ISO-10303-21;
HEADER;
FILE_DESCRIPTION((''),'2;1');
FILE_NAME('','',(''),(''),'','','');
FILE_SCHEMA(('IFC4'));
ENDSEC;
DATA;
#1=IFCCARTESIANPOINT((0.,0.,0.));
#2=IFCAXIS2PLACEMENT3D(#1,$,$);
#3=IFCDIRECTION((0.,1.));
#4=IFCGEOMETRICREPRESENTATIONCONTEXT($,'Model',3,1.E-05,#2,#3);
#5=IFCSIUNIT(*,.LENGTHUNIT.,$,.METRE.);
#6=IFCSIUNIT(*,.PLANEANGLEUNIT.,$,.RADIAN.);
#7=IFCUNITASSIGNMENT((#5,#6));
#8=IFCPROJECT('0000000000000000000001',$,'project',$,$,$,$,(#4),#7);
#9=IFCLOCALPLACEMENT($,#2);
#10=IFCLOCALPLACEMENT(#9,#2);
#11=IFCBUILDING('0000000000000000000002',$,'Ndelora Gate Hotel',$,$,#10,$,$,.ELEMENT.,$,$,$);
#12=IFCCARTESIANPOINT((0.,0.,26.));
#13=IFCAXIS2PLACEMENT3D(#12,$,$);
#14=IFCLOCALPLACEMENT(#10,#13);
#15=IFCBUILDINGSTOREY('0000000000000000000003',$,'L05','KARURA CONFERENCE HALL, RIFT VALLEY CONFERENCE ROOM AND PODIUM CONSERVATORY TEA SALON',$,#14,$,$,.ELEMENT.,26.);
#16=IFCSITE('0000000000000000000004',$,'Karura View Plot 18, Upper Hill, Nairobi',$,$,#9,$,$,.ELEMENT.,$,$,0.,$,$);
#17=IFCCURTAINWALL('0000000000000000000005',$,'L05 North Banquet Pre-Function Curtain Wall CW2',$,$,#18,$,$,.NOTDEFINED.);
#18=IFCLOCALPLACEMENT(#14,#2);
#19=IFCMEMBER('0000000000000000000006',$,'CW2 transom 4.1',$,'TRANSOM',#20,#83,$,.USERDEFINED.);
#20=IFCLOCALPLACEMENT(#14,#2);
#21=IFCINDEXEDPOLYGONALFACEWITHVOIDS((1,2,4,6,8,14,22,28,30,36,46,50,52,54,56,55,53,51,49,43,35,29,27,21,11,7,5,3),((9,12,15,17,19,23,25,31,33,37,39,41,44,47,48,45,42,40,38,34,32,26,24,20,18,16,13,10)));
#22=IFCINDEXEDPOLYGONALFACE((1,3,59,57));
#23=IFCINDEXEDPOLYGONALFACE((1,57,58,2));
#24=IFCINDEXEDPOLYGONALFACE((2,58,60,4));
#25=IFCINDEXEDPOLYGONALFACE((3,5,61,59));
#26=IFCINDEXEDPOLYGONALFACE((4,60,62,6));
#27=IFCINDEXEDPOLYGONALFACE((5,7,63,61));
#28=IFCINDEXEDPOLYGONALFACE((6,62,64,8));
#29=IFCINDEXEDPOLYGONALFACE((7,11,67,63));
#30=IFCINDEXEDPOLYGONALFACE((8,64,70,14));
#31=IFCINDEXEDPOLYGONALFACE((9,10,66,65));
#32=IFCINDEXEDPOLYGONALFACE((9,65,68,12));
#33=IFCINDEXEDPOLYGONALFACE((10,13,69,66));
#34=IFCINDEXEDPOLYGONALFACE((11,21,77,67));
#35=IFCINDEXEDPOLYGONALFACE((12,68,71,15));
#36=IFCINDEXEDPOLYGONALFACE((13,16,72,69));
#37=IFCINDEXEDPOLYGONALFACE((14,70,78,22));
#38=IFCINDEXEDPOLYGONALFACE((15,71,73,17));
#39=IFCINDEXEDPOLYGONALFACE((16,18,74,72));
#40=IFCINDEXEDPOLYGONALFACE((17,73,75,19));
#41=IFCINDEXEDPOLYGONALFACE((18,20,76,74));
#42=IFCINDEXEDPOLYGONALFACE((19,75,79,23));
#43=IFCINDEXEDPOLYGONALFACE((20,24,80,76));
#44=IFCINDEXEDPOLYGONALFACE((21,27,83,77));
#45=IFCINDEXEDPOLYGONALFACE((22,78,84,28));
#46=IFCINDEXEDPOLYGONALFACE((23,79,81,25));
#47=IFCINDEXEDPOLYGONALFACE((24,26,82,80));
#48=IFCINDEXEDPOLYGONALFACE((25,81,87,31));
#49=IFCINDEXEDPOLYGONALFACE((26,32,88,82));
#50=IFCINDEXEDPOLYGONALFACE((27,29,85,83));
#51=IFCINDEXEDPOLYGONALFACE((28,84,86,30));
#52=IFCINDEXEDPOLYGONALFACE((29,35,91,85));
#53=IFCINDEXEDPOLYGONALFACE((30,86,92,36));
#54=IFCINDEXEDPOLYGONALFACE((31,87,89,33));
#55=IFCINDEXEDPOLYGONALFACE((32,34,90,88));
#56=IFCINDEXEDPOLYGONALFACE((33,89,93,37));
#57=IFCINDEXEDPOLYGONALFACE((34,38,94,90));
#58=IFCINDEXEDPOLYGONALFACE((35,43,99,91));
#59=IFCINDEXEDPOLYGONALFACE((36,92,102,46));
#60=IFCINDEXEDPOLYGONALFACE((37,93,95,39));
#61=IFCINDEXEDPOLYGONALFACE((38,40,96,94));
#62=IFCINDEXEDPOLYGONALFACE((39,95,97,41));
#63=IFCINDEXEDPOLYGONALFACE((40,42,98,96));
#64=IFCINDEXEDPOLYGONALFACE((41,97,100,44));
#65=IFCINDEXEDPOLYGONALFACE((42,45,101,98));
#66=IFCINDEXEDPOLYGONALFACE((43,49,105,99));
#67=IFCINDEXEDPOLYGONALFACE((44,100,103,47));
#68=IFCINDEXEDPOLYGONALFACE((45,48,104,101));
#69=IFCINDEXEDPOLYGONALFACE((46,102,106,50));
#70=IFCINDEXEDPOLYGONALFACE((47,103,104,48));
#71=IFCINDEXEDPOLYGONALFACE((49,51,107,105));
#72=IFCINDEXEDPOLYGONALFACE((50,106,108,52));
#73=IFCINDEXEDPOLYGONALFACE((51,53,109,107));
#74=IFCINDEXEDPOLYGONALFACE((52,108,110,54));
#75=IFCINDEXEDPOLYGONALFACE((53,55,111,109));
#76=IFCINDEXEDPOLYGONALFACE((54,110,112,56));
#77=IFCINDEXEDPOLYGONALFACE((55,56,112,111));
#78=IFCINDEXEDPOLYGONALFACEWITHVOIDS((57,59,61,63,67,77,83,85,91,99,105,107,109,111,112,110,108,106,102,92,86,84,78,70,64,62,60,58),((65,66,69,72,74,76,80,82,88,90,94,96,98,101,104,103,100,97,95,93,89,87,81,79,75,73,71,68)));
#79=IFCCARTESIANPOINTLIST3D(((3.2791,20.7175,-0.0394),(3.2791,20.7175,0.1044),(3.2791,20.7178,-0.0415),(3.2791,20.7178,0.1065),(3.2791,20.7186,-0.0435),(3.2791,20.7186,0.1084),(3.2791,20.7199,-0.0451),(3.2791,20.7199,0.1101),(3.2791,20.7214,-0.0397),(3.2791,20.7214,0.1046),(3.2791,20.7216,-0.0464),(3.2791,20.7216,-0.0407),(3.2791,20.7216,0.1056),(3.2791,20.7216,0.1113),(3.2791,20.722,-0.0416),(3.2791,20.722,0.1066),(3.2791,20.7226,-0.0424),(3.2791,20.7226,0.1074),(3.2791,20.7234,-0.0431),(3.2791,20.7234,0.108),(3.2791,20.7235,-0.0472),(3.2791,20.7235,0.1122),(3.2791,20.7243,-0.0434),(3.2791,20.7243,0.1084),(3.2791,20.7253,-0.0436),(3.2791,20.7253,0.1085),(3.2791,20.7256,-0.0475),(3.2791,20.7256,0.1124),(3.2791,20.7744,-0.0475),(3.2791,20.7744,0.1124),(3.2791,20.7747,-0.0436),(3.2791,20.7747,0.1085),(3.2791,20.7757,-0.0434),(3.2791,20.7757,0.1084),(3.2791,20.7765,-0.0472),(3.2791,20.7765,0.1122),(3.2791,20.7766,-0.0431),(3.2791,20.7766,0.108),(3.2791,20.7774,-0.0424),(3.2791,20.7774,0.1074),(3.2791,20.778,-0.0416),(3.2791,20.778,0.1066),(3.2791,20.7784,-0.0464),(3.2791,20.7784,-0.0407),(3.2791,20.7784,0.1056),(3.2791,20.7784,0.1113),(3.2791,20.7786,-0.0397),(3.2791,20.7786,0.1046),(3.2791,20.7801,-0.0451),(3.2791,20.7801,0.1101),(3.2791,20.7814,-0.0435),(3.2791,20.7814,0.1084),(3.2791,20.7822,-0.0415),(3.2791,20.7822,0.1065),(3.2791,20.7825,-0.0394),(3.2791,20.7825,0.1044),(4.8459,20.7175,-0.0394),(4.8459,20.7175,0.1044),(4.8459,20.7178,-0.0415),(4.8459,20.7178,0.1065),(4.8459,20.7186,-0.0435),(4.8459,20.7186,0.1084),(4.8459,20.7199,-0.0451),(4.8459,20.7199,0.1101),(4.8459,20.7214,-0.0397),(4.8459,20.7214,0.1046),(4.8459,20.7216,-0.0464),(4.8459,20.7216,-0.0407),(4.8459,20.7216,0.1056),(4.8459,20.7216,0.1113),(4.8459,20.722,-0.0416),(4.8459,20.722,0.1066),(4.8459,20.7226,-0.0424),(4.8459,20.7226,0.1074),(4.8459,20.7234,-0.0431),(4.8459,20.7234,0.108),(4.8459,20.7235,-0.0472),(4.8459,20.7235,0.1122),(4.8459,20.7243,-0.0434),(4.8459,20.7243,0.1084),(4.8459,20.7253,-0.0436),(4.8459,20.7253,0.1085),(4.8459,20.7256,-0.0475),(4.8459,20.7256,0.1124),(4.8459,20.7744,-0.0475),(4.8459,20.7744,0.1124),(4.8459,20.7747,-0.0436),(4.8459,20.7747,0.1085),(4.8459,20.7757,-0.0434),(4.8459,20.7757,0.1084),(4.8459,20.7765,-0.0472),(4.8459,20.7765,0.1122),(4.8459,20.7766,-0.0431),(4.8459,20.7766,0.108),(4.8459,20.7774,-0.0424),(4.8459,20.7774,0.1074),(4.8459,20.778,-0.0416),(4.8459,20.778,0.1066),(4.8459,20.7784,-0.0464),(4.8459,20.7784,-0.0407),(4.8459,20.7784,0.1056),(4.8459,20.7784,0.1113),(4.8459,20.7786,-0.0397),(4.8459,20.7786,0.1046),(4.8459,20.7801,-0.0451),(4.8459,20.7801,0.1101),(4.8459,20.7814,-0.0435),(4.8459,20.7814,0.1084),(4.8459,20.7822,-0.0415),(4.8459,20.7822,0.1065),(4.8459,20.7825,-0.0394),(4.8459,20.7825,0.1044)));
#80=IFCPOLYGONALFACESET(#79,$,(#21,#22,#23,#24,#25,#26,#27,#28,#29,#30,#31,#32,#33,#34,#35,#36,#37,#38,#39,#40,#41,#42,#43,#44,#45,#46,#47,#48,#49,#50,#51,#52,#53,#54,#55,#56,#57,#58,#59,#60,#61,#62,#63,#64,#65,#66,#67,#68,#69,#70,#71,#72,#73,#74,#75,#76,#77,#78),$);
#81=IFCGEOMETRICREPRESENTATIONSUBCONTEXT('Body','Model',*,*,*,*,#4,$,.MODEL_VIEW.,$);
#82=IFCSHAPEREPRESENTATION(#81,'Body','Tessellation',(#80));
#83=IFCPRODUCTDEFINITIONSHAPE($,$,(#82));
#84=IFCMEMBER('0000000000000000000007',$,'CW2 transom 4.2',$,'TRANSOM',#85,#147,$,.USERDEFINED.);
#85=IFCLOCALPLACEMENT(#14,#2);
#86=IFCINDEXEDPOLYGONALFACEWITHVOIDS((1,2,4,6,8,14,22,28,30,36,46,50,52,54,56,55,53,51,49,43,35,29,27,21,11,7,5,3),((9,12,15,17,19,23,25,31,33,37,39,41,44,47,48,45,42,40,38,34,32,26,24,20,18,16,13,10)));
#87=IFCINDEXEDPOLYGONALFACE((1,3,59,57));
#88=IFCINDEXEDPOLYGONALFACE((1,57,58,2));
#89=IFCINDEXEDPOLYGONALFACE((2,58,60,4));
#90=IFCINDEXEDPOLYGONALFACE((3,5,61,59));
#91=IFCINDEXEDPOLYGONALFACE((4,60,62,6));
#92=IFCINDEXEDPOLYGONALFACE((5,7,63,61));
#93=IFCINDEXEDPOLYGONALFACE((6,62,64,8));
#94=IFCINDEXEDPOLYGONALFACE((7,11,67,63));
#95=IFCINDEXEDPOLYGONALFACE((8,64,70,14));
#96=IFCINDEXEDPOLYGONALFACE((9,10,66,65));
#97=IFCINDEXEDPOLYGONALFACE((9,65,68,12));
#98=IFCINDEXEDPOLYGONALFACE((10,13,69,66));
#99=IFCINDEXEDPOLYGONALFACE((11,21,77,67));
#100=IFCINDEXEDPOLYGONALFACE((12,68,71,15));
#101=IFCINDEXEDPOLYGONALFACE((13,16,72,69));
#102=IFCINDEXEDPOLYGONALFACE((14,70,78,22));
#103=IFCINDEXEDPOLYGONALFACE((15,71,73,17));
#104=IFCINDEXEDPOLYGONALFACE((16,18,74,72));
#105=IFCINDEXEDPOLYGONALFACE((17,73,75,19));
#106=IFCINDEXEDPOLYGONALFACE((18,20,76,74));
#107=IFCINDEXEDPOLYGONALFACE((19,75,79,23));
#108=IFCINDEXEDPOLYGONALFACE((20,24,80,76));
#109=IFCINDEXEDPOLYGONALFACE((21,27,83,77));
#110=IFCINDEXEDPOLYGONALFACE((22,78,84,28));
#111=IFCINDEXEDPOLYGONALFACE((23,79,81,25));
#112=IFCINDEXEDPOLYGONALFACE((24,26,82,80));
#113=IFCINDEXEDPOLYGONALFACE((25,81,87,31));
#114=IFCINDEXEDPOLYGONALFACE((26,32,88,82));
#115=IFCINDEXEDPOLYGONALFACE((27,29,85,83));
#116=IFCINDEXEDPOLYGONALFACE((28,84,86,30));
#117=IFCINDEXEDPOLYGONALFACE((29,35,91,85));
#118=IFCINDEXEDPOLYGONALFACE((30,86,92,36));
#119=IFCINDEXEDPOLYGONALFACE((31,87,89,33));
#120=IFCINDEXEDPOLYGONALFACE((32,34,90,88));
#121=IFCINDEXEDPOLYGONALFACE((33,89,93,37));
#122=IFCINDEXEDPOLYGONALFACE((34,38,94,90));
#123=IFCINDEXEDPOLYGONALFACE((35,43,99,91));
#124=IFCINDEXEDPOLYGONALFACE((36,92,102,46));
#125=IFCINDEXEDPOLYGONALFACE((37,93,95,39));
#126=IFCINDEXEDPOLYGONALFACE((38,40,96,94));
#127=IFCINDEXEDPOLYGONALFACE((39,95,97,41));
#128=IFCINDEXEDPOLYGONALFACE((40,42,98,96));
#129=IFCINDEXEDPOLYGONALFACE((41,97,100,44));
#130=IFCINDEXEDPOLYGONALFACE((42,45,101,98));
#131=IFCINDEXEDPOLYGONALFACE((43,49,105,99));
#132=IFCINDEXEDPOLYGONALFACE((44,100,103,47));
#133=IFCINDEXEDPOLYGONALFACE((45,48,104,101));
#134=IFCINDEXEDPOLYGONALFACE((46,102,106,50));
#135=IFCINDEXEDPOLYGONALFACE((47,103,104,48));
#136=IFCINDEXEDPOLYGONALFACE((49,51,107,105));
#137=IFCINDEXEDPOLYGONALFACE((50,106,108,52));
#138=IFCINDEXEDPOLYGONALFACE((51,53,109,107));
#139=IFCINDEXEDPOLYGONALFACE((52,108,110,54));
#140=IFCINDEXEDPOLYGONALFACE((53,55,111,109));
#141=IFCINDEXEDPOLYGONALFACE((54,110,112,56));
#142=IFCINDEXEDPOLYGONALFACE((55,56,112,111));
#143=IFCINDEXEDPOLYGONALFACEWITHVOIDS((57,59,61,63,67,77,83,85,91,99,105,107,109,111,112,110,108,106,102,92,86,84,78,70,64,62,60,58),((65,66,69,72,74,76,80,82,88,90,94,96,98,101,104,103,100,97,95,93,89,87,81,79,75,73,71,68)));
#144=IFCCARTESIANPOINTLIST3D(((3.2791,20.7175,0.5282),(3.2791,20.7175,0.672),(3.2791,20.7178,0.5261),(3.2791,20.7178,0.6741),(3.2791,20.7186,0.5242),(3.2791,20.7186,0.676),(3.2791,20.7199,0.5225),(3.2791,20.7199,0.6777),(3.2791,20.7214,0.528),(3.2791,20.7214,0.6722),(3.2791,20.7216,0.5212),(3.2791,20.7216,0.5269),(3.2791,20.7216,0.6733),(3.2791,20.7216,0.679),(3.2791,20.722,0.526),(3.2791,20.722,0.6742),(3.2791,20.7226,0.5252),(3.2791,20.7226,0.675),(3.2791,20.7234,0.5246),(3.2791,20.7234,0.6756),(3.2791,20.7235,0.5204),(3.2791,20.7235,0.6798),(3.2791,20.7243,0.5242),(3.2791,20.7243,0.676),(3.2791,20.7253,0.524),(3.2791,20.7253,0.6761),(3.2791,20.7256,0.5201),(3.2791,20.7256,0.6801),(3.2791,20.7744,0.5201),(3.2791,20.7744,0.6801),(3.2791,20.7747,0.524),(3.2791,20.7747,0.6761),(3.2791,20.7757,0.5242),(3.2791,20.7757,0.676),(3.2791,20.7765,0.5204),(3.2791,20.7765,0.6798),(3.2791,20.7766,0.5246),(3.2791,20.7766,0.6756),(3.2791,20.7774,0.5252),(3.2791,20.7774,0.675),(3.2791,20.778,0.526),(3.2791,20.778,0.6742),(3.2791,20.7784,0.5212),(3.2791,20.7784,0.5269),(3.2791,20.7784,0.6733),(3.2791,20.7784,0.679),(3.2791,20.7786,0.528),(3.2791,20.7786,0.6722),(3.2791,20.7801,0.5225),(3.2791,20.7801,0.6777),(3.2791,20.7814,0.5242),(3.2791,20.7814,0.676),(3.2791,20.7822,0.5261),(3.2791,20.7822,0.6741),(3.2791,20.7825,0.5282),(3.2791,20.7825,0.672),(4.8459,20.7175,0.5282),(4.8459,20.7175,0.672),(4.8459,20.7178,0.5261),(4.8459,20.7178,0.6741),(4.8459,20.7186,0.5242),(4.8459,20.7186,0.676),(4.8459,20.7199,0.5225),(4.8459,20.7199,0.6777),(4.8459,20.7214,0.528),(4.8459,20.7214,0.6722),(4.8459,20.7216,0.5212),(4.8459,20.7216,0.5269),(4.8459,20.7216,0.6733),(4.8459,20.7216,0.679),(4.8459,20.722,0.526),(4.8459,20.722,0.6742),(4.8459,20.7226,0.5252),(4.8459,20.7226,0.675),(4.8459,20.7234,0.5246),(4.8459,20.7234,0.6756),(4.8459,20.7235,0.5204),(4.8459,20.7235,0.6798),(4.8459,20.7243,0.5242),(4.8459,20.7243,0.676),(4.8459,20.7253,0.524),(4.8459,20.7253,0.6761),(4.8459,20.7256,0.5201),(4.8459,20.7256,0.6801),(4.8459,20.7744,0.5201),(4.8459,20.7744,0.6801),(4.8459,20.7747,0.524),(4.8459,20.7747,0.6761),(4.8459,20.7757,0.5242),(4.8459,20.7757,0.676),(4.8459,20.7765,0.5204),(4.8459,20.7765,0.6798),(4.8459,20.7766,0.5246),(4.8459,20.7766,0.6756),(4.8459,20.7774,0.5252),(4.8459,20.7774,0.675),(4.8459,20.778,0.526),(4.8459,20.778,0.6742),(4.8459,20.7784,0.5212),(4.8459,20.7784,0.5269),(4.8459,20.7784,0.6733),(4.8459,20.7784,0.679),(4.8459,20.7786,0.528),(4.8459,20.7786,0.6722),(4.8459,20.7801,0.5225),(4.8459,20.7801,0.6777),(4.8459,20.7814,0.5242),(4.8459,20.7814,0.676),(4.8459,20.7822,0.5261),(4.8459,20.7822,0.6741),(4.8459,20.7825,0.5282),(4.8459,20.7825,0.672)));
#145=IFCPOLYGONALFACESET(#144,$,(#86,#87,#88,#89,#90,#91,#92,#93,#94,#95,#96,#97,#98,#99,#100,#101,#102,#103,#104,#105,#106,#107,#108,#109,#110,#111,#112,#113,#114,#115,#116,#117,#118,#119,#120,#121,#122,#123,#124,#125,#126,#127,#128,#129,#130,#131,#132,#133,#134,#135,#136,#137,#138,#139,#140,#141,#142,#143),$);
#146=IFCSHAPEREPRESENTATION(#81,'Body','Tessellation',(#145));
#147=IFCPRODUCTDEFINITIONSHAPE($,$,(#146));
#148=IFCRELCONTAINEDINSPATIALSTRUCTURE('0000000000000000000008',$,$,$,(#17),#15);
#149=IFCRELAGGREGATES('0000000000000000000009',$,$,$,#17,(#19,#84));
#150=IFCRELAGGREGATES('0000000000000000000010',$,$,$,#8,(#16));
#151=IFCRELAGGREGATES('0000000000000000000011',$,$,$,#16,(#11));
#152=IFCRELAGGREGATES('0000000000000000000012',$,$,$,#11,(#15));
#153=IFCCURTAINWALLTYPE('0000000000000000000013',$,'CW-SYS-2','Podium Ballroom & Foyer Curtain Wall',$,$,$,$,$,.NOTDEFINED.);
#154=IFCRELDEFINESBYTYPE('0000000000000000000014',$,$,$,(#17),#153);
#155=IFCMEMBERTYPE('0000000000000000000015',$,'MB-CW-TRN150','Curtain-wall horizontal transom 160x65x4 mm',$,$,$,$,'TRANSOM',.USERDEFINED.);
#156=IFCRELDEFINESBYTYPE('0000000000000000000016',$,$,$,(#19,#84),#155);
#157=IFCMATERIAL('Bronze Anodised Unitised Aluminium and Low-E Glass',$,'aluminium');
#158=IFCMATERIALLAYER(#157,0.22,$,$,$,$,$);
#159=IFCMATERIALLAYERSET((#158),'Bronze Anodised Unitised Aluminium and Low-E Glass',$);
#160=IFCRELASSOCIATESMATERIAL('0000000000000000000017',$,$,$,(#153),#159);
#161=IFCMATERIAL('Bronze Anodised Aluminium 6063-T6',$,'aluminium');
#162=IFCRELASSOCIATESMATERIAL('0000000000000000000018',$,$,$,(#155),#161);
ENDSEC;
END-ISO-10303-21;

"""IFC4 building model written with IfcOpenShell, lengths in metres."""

from ifc_helpers import new_model, si_unit, direction, frame, origin, origin_2d, place, context, subcontext, project, spatial, hollow_rectangle, extrude, material, layer, layer_set, material_profile, profile_set, type_object, element, aggregate, save


model = new_model("IFC4")

# Units and contexts
model_context = context("Model", 3, precision=1e-05, world=origin(), true_north=direction((0.0, 1.0)))
body_context = subcontext(model_context, "Body", "Model", "MODEL_VIEW")
ifc_project = project(units=[si_unit("LENGTHUNIT", "METRE"), si_unit("PLANEANGLEUNIT", "RADIAN")], contexts=[model_context])

# Site, building, storey
site_placement = place(None, origin())
site = spatial("IfcSite", under=ifc_project, at=site_placement, Name="Karura View Plot 18, Upper Hill, Nairobi", CompositionType="ELEMENT", RefElevation=0.0)
building_placement = place(site_placement, origin())
building = spatial("IfcBuilding", under=site, at=building_placement, Name="Ndelora Gate Hotel", CompositionType="ELEMENT")
storey_placement = place(building_placement, frame((0.0, 0.0, 26.0)))
storey = spatial("IfcBuildingStorey", under=building, at=storey_placement, Name="L05", Description="KARURA CONFERENCE HALL, RIFT VALLEY CONFERENCE ROOM AND PODIUM CONSERVATORY TEA SALON", CompositionType="ELEMENT", Elevation=26.0)

# Curtain wall, members
ifc_material_1 = material(Name="Bronze Anodised Unitised Aluminium and Low-E Glass", Category="aluminium")
ifc_layer_1 = layer(ifc_material_1, 0.22)
ifc_layer_set_1 = layer_set([ifc_layer_1], Name="Bronze Anodised Unitised Aluminium and Low-E Glass")
curtain_wall_type = type_object("IfcCurtainWallType", Name="CW-SYS-2", Description="Podium Ballroom & Foyer Curtain Wall", PredefinedType="NOTDEFINED", material=ifc_layer_set_1)
curtain_wall_placement = place(storey_placement, origin())
curtain_wall = element("IfcCurtainWall", 1, at=curtain_wall_placement, inside=storey, type_object=curtain_wall_type, Name="L05 North Banquet Pre-Function Curtain Wall CW2", PredefinedType="NOTDEFINED")
ifc_material_2 = material(Name="Bronze Anodised Aluminium 6063-T6", Category="aluminium")
ifc_material_profile_1 = material_profile(ifc_material_2, hollow_rectangle(XDim=0.0649, YDim=0.1599, WallThickness=0.0039, InnerFilletRadius=0.0039, OuterFilletRadius=0.0081, at=origin_2d()), Name="ALU 160x65x4")
ifc_profile_set_1 = profile_set([ifc_material_profile_1], Name="Bronze Anodised Aluminium 6063-T6")
member_type_1 = type_object("IfcMemberType", Name="MB-CW-TRN150", Description="Curtain-wall horizontal transom 160x65x4 mm", ElementType="TRANSOM", PredefinedType="USERDEFINED", material=ifc_profile_set_1)
member_1_placement = place(storey_placement, frame((4.8459, 20.75, 0.0325), z_axis=(-1.0, 0.0, 0.0), x_axis=(0.0, -1.0, 0.0)))
member_1 = element("IfcMember", 2, at=member_1_placement, type_object=member_type_1, Name="CW2 transom 4.1", ObjectType="TRANSOM", PredefinedType="USERDEFINED", context=body_context, shape_type="SweptSolid", body=[
    extrude(hollow_rectangle(XDim=0.0649, YDim=0.1599, WallThickness=0.0039, InnerFilletRadius=0.0039, OuterFilletRadius=0.0081, at=origin_2d()), origin(), (0.0, 0.0, 1.0), 1.5669),
])
member_2_placement = place(storey_placement, frame((4.8459, 20.75, 0.6001), z_axis=(-1.0, 0.0, 0.0), x_axis=(0.0, -1.0, 0.0)))
member_2 = element("IfcMember", 3, at=member_2_placement, type_object=member_type_1, Name="CW2 transom 4.2", ObjectType="TRANSOM", PredefinedType="USERDEFINED", context=body_context, shape_type="SweptSolid", body=[
    extrude(hollow_rectangle(XDim=0.0649, YDim=0.1599, WallThickness=0.0039, InnerFilletRadius=0.0039, OuterFilletRadius=0.0081, at=origin_2d()), origin(), (0.0, 0.0, 1.0), 1.5669),
])
aggregate(curtain_wall, [member_1, member_2])

save(model, "model.ifc")
